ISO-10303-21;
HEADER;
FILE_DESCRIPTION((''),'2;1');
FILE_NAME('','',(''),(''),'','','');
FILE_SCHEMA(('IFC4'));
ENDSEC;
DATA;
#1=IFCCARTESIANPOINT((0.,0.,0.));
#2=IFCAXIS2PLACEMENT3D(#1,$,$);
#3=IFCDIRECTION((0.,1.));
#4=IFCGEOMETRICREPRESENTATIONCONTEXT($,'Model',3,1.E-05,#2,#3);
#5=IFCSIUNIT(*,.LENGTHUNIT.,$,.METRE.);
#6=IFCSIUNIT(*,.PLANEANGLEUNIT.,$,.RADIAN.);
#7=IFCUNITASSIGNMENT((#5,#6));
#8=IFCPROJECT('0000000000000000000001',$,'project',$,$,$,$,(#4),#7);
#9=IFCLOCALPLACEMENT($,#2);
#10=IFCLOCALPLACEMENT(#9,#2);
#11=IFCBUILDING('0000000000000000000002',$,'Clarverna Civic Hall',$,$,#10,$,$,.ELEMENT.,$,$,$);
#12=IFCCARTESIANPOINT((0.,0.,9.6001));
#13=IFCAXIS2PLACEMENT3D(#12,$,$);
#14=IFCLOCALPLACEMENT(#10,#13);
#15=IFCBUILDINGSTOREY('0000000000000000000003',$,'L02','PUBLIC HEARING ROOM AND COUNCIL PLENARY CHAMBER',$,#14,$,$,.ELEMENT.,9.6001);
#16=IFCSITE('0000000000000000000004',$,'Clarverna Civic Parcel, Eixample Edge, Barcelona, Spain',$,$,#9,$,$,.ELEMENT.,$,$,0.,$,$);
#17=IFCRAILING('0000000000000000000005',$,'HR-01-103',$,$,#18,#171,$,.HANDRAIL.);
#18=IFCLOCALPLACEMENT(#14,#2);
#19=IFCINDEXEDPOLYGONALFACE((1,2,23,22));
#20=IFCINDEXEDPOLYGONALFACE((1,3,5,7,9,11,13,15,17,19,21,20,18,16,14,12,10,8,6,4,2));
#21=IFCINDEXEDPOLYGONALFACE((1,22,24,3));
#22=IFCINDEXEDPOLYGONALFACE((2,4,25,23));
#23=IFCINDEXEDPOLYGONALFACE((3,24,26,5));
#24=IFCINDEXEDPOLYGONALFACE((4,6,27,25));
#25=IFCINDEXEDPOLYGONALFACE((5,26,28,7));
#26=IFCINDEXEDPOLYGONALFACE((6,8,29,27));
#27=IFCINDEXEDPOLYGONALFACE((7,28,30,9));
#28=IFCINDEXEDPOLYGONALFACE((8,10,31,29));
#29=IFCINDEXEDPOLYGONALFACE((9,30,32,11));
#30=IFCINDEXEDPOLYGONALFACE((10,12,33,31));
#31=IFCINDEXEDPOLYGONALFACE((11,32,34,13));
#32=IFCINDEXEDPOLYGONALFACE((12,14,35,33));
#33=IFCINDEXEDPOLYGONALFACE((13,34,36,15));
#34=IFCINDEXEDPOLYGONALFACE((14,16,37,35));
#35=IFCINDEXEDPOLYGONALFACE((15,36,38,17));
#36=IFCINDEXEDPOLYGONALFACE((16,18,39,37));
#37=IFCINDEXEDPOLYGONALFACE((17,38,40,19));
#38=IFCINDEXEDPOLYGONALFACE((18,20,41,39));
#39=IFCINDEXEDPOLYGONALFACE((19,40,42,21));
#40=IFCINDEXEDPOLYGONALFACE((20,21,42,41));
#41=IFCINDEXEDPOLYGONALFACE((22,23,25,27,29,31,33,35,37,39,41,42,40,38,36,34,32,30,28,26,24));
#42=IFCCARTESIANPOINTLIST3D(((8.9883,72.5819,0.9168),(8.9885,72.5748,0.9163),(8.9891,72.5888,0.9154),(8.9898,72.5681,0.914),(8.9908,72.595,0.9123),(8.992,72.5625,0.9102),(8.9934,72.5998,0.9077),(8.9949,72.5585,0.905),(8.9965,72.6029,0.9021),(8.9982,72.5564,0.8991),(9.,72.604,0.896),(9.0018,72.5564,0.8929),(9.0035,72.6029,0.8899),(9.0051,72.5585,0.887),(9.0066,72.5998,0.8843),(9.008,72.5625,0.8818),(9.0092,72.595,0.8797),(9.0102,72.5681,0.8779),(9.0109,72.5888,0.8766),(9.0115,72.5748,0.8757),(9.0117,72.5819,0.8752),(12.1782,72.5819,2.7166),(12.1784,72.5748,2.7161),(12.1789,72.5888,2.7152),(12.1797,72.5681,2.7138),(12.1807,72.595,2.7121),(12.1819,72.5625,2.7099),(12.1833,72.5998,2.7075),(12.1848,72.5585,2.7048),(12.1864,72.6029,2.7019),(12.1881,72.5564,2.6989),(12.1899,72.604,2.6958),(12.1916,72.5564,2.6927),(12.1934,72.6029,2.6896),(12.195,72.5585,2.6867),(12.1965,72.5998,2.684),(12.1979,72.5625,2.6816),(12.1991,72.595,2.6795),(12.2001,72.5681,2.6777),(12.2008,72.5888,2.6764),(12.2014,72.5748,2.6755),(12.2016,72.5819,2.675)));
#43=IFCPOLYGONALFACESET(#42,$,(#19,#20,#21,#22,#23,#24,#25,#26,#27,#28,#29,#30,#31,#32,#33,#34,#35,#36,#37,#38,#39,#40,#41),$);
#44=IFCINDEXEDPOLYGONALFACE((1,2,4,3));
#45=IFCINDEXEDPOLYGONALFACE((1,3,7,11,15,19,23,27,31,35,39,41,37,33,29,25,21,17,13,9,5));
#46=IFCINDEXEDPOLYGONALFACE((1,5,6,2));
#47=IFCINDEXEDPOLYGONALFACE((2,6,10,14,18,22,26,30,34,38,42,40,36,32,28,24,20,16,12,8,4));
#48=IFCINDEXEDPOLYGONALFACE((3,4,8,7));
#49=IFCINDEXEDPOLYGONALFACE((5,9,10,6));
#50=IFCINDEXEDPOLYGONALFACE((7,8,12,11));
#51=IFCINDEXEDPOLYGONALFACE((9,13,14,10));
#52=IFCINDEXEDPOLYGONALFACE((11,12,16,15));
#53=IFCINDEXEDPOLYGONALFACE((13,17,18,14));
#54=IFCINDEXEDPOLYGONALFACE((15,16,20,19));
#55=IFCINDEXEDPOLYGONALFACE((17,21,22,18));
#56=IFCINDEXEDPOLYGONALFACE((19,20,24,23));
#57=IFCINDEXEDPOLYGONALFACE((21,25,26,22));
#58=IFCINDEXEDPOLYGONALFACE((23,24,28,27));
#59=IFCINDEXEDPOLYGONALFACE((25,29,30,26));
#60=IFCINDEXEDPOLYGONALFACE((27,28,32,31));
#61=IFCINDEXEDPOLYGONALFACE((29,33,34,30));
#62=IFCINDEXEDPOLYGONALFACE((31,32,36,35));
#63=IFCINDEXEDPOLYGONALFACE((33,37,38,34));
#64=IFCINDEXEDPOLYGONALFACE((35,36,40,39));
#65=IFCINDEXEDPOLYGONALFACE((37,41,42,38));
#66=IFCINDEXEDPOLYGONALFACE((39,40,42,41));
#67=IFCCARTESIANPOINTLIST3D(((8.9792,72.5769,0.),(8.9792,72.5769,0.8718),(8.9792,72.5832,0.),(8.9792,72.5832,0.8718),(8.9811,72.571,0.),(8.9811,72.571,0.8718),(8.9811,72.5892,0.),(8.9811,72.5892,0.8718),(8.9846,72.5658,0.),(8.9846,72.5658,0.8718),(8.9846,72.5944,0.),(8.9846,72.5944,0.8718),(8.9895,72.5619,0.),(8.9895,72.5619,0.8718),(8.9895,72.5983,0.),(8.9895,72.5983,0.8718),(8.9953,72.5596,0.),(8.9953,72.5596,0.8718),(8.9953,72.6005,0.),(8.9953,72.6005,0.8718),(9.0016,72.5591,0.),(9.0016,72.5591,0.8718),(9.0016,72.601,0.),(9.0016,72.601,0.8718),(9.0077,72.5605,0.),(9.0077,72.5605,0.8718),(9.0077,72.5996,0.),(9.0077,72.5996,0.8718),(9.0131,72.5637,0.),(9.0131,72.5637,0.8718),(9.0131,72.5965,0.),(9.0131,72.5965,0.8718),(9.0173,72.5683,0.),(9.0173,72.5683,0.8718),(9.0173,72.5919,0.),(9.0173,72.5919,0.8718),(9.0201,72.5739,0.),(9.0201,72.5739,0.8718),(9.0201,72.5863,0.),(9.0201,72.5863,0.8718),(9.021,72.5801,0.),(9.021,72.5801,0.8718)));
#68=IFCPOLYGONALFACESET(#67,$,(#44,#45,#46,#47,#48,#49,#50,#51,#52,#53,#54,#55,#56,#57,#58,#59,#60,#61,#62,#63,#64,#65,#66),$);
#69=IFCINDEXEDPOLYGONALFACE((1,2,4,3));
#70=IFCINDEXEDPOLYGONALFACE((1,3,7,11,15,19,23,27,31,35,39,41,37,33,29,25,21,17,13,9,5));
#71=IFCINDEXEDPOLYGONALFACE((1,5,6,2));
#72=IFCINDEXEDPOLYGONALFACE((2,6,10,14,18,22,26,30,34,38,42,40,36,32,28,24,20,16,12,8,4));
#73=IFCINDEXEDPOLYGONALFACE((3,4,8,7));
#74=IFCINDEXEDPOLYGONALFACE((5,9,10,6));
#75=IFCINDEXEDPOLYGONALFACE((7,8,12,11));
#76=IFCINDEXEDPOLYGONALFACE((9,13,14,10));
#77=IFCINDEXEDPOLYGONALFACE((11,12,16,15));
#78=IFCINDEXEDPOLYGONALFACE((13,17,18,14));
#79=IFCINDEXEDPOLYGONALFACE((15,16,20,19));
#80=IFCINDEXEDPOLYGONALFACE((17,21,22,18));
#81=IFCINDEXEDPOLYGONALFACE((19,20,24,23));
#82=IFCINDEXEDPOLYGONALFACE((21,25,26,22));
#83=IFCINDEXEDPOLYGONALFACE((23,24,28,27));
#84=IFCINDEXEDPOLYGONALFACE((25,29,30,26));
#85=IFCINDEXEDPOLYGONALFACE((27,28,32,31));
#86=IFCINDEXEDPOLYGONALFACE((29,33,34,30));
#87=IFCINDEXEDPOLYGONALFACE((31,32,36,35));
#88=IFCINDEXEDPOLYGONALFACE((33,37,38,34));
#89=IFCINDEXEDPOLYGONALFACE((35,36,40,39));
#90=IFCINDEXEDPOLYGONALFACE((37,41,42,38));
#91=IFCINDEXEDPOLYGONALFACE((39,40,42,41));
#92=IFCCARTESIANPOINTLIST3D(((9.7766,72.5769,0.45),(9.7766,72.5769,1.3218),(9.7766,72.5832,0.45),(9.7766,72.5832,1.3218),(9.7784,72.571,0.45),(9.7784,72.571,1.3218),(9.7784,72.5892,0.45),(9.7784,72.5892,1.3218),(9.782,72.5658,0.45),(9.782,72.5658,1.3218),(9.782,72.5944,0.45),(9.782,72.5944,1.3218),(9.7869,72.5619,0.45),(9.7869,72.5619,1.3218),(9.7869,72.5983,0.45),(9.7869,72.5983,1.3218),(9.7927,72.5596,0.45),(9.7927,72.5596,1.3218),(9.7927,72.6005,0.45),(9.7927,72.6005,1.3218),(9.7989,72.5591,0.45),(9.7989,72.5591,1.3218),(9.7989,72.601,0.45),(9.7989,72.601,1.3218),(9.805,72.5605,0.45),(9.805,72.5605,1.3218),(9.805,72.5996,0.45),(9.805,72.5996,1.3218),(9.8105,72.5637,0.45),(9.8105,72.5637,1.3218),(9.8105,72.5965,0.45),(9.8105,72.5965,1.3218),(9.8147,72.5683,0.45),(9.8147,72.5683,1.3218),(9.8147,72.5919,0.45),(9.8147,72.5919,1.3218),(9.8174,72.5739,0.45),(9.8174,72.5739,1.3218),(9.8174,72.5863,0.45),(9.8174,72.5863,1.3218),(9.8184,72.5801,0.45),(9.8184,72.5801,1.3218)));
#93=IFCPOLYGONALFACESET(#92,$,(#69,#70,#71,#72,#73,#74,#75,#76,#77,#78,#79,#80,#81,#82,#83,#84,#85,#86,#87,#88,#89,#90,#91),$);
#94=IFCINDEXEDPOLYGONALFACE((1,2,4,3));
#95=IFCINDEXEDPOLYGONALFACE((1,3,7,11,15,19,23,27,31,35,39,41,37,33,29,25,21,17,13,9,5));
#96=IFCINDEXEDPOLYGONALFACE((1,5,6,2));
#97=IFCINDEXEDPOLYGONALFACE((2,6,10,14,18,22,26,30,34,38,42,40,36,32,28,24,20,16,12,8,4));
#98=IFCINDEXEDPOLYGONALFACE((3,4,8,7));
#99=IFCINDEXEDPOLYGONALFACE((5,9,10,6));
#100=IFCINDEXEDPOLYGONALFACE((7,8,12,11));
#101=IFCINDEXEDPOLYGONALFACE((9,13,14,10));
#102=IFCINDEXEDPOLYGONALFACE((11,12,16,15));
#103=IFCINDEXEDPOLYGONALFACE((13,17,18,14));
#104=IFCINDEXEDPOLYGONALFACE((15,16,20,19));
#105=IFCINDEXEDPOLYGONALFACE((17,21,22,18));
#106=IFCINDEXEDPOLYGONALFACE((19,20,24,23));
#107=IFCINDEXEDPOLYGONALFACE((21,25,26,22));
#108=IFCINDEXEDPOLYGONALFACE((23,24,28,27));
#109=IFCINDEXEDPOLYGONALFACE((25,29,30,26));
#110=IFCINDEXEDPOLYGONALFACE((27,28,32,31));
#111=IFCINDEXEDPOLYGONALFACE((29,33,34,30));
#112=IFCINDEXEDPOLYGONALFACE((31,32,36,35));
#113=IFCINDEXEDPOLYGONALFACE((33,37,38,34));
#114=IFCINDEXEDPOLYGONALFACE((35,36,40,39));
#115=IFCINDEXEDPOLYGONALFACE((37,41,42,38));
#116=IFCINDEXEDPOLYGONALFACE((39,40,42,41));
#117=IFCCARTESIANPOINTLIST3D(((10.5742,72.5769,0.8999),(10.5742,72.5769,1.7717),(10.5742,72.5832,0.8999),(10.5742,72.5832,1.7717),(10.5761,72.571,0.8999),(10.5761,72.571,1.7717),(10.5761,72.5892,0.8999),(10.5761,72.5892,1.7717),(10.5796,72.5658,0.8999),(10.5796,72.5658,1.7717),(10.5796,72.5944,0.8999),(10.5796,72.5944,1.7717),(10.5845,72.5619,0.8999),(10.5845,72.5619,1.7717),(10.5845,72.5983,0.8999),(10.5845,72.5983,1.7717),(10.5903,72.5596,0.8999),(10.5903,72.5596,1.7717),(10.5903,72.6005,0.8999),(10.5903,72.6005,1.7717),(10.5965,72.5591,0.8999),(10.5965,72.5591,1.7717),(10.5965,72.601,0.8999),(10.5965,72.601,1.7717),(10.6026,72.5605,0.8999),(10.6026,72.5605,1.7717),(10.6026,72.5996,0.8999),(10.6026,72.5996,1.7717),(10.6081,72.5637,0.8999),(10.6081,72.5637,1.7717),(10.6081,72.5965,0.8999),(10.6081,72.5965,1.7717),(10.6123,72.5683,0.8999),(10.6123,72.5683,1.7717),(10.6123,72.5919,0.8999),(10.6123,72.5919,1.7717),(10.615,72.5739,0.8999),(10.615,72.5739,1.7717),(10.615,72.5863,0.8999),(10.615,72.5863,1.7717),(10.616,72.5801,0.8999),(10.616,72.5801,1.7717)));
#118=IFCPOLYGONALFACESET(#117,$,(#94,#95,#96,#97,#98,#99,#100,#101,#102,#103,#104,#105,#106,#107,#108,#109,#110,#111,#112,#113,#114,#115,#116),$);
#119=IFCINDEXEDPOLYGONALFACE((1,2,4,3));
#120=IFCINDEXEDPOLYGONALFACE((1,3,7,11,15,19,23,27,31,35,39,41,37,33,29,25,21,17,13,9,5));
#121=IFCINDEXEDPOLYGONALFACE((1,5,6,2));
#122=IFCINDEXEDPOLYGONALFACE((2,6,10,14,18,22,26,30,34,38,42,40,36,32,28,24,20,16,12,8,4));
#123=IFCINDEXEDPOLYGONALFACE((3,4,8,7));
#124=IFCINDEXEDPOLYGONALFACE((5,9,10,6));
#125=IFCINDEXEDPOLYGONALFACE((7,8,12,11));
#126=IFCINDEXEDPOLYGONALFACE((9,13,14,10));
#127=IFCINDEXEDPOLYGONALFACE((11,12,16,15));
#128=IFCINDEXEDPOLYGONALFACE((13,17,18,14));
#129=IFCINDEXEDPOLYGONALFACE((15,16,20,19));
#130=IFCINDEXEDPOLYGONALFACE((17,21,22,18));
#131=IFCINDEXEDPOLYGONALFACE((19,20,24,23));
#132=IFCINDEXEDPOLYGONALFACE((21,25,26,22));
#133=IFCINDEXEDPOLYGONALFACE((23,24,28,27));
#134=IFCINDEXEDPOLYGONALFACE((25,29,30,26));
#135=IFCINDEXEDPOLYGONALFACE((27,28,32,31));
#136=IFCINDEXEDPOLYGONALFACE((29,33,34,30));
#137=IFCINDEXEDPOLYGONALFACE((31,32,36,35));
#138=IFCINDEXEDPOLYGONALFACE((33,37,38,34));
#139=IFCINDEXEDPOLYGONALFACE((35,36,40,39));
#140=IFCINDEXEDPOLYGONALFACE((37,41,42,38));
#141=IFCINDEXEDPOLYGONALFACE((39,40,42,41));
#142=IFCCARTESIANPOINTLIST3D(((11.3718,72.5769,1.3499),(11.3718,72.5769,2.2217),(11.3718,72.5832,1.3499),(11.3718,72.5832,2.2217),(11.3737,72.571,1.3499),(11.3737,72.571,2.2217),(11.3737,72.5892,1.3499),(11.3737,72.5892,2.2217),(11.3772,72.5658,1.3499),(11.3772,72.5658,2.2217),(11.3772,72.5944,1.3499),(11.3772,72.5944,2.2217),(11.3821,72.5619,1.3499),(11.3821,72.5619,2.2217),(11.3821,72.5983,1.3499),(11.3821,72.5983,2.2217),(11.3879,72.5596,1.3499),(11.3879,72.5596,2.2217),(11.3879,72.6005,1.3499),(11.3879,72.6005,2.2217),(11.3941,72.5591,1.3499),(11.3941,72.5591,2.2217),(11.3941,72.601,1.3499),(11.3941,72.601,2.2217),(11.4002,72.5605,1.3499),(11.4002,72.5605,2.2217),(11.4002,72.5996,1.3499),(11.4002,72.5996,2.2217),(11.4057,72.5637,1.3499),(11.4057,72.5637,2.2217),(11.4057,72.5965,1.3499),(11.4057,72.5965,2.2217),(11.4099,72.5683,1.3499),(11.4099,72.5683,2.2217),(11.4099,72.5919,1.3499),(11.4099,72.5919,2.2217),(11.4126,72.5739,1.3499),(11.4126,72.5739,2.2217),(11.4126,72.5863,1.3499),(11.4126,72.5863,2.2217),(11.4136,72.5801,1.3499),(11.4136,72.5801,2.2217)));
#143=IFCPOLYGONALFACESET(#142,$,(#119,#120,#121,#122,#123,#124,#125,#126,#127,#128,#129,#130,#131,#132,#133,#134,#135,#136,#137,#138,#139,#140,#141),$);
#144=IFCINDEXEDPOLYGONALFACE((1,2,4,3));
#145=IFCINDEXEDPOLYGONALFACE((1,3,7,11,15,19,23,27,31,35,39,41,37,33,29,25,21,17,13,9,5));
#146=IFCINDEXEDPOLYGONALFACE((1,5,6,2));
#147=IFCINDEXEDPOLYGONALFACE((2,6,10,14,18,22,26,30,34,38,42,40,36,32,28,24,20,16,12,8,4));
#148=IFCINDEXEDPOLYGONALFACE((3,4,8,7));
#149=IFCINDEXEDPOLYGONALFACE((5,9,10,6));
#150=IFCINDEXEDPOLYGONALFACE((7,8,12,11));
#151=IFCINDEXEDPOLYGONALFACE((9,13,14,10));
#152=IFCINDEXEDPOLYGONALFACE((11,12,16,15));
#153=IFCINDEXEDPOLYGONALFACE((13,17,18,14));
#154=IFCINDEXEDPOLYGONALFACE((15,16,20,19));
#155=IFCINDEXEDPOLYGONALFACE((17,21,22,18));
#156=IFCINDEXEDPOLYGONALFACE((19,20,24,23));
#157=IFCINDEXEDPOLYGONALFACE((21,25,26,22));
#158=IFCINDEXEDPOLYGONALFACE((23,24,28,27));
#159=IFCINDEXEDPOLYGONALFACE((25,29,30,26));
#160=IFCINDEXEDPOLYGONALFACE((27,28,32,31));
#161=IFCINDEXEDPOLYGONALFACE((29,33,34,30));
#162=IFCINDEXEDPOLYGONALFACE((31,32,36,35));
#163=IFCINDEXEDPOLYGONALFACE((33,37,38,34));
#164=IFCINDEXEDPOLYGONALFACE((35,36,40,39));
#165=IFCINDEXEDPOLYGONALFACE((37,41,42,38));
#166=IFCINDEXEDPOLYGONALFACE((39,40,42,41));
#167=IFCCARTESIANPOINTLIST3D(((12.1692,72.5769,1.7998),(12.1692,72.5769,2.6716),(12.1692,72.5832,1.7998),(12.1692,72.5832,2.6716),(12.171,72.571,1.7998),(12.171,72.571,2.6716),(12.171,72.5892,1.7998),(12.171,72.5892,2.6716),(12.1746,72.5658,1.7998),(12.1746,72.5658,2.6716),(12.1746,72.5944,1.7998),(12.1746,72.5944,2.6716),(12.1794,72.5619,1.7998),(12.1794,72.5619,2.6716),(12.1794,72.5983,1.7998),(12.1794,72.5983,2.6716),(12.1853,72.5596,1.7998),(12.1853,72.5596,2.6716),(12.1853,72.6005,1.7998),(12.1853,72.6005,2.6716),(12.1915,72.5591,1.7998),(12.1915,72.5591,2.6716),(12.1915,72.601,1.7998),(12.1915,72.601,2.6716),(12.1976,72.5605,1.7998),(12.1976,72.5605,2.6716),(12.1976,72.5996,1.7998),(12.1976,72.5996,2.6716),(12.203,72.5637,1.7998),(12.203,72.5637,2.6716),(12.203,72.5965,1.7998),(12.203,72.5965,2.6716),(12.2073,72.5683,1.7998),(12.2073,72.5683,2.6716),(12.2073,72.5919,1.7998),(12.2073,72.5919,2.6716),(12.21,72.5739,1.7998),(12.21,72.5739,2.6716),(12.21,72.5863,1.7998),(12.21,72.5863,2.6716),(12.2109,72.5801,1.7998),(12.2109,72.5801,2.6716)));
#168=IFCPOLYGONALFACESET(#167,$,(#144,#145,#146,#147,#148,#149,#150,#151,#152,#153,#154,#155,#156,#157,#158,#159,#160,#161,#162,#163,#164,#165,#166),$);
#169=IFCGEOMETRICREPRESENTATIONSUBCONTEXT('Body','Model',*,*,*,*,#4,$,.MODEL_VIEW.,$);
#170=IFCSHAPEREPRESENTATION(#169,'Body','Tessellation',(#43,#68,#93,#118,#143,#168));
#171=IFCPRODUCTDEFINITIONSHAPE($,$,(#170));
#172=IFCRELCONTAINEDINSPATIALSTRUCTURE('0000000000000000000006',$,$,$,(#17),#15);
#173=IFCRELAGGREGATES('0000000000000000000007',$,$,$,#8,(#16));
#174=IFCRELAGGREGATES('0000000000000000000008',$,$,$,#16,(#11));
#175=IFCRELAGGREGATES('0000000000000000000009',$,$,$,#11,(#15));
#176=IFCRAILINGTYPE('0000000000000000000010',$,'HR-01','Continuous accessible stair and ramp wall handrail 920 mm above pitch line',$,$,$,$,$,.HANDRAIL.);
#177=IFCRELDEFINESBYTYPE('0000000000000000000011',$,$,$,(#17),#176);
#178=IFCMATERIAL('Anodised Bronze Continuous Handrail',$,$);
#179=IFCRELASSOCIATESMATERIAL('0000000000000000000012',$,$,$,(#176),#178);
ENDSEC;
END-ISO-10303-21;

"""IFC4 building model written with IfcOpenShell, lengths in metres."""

from ifc_helpers import new_model, si_unit, direction, frame, origin, origin_2d, place, context, subcontext, project, spatial, circle, extrude, material, type_object, element, save


model = new_model("IFC4")

# Units and contexts
model_context = context("Model", 3, precision=1e-05, world=origin(), true_north=direction((0.0, 1.0)))
body_context = subcontext(model_context, "Body", "Model", "MODEL_VIEW")
ifc_project = project(units=[si_unit("LENGTHUNIT", "METRE"), si_unit("PLANEANGLEUNIT", "RADIAN")], contexts=[model_context])

# Site, building, storey
site_placement = place(None, origin())
site = spatial("IfcSite", under=ifc_project, at=site_placement, Name="Clarverna Civic Parcel, Eixample Edge, Barcelona, Spain", CompositionType="ELEMENT", RefElevation=0.0)
building_placement = place(site_placement, origin())
building = spatial("IfcBuilding", under=site, at=building_placement, Name="Clarverna Civic Hall", CompositionType="ELEMENT")
storey_placement = place(building_placement, frame((0.0, 0.0, 9.6001)))
storey = spatial("IfcBuildingStorey", under=building, at=storey_placement, Name="L02", Description="PUBLIC HEARING ROOM AND COUNCIL PLENARY CHAMBER", CompositionType="ELEMENT", Elevation=9.6001)

# Railing
ifc_material_1 = material(Name="Anodised Bronze Continuous Handrail")
railing_type_1 = type_object("IfcRailingType", Name="HR-01", Description="Continuous accessible stair and ramp wall handrail 920 mm above pitch line", PredefinedType="HANDRAIL", material=ifc_material_1)
railing_1_placement = place(storey_placement, frame((9.0, 72.5801, 0.0)))
element("IfcRailing", 1, at=railing_1_placement, inside=storey, type_object=railing_type_1, Name="HR-01-103", PredefinedType="HANDRAIL", context=body_context, shape_type="SweptSolid", body=[
    extrude(circle(Radius=0.0239, at=origin_2d()), frame((0.0, 0.0, 0.896), z_axis=(0.870938, 0.0, 0.491394), x_axis=(0.0, 1.0, 0.0)), (0.0, 0.0, 1.0), 3.6626),
    extrude(circle(Radius=0.021, at=origin_2d()), origin(), (0.0, 0.0, 1.0), 0.8718),
    extrude(circle(Radius=0.021, at=origin_2d()), frame((0.7974, 0.0, 0.45)), (0.0, 0.0, 1.0), 0.8718),
    extrude(circle(Radius=0.021, at=origin_2d()), frame((1.595, 0.0, 0.8999)), (0.0, 0.0, 1.0), 0.8718),
    extrude(circle(Radius=0.021, at=origin_2d()), frame((2.3926, 0.0, 1.3499)), (0.0, 0.0, 1.0), 0.8718),
    extrude(circle(Radius=0.021, at=origin_2d()), frame((3.1899, 0.0, 1.7998)), (0.0, 0.0, 1.0), 0.8718),
])

save(model, "model.ifc")
